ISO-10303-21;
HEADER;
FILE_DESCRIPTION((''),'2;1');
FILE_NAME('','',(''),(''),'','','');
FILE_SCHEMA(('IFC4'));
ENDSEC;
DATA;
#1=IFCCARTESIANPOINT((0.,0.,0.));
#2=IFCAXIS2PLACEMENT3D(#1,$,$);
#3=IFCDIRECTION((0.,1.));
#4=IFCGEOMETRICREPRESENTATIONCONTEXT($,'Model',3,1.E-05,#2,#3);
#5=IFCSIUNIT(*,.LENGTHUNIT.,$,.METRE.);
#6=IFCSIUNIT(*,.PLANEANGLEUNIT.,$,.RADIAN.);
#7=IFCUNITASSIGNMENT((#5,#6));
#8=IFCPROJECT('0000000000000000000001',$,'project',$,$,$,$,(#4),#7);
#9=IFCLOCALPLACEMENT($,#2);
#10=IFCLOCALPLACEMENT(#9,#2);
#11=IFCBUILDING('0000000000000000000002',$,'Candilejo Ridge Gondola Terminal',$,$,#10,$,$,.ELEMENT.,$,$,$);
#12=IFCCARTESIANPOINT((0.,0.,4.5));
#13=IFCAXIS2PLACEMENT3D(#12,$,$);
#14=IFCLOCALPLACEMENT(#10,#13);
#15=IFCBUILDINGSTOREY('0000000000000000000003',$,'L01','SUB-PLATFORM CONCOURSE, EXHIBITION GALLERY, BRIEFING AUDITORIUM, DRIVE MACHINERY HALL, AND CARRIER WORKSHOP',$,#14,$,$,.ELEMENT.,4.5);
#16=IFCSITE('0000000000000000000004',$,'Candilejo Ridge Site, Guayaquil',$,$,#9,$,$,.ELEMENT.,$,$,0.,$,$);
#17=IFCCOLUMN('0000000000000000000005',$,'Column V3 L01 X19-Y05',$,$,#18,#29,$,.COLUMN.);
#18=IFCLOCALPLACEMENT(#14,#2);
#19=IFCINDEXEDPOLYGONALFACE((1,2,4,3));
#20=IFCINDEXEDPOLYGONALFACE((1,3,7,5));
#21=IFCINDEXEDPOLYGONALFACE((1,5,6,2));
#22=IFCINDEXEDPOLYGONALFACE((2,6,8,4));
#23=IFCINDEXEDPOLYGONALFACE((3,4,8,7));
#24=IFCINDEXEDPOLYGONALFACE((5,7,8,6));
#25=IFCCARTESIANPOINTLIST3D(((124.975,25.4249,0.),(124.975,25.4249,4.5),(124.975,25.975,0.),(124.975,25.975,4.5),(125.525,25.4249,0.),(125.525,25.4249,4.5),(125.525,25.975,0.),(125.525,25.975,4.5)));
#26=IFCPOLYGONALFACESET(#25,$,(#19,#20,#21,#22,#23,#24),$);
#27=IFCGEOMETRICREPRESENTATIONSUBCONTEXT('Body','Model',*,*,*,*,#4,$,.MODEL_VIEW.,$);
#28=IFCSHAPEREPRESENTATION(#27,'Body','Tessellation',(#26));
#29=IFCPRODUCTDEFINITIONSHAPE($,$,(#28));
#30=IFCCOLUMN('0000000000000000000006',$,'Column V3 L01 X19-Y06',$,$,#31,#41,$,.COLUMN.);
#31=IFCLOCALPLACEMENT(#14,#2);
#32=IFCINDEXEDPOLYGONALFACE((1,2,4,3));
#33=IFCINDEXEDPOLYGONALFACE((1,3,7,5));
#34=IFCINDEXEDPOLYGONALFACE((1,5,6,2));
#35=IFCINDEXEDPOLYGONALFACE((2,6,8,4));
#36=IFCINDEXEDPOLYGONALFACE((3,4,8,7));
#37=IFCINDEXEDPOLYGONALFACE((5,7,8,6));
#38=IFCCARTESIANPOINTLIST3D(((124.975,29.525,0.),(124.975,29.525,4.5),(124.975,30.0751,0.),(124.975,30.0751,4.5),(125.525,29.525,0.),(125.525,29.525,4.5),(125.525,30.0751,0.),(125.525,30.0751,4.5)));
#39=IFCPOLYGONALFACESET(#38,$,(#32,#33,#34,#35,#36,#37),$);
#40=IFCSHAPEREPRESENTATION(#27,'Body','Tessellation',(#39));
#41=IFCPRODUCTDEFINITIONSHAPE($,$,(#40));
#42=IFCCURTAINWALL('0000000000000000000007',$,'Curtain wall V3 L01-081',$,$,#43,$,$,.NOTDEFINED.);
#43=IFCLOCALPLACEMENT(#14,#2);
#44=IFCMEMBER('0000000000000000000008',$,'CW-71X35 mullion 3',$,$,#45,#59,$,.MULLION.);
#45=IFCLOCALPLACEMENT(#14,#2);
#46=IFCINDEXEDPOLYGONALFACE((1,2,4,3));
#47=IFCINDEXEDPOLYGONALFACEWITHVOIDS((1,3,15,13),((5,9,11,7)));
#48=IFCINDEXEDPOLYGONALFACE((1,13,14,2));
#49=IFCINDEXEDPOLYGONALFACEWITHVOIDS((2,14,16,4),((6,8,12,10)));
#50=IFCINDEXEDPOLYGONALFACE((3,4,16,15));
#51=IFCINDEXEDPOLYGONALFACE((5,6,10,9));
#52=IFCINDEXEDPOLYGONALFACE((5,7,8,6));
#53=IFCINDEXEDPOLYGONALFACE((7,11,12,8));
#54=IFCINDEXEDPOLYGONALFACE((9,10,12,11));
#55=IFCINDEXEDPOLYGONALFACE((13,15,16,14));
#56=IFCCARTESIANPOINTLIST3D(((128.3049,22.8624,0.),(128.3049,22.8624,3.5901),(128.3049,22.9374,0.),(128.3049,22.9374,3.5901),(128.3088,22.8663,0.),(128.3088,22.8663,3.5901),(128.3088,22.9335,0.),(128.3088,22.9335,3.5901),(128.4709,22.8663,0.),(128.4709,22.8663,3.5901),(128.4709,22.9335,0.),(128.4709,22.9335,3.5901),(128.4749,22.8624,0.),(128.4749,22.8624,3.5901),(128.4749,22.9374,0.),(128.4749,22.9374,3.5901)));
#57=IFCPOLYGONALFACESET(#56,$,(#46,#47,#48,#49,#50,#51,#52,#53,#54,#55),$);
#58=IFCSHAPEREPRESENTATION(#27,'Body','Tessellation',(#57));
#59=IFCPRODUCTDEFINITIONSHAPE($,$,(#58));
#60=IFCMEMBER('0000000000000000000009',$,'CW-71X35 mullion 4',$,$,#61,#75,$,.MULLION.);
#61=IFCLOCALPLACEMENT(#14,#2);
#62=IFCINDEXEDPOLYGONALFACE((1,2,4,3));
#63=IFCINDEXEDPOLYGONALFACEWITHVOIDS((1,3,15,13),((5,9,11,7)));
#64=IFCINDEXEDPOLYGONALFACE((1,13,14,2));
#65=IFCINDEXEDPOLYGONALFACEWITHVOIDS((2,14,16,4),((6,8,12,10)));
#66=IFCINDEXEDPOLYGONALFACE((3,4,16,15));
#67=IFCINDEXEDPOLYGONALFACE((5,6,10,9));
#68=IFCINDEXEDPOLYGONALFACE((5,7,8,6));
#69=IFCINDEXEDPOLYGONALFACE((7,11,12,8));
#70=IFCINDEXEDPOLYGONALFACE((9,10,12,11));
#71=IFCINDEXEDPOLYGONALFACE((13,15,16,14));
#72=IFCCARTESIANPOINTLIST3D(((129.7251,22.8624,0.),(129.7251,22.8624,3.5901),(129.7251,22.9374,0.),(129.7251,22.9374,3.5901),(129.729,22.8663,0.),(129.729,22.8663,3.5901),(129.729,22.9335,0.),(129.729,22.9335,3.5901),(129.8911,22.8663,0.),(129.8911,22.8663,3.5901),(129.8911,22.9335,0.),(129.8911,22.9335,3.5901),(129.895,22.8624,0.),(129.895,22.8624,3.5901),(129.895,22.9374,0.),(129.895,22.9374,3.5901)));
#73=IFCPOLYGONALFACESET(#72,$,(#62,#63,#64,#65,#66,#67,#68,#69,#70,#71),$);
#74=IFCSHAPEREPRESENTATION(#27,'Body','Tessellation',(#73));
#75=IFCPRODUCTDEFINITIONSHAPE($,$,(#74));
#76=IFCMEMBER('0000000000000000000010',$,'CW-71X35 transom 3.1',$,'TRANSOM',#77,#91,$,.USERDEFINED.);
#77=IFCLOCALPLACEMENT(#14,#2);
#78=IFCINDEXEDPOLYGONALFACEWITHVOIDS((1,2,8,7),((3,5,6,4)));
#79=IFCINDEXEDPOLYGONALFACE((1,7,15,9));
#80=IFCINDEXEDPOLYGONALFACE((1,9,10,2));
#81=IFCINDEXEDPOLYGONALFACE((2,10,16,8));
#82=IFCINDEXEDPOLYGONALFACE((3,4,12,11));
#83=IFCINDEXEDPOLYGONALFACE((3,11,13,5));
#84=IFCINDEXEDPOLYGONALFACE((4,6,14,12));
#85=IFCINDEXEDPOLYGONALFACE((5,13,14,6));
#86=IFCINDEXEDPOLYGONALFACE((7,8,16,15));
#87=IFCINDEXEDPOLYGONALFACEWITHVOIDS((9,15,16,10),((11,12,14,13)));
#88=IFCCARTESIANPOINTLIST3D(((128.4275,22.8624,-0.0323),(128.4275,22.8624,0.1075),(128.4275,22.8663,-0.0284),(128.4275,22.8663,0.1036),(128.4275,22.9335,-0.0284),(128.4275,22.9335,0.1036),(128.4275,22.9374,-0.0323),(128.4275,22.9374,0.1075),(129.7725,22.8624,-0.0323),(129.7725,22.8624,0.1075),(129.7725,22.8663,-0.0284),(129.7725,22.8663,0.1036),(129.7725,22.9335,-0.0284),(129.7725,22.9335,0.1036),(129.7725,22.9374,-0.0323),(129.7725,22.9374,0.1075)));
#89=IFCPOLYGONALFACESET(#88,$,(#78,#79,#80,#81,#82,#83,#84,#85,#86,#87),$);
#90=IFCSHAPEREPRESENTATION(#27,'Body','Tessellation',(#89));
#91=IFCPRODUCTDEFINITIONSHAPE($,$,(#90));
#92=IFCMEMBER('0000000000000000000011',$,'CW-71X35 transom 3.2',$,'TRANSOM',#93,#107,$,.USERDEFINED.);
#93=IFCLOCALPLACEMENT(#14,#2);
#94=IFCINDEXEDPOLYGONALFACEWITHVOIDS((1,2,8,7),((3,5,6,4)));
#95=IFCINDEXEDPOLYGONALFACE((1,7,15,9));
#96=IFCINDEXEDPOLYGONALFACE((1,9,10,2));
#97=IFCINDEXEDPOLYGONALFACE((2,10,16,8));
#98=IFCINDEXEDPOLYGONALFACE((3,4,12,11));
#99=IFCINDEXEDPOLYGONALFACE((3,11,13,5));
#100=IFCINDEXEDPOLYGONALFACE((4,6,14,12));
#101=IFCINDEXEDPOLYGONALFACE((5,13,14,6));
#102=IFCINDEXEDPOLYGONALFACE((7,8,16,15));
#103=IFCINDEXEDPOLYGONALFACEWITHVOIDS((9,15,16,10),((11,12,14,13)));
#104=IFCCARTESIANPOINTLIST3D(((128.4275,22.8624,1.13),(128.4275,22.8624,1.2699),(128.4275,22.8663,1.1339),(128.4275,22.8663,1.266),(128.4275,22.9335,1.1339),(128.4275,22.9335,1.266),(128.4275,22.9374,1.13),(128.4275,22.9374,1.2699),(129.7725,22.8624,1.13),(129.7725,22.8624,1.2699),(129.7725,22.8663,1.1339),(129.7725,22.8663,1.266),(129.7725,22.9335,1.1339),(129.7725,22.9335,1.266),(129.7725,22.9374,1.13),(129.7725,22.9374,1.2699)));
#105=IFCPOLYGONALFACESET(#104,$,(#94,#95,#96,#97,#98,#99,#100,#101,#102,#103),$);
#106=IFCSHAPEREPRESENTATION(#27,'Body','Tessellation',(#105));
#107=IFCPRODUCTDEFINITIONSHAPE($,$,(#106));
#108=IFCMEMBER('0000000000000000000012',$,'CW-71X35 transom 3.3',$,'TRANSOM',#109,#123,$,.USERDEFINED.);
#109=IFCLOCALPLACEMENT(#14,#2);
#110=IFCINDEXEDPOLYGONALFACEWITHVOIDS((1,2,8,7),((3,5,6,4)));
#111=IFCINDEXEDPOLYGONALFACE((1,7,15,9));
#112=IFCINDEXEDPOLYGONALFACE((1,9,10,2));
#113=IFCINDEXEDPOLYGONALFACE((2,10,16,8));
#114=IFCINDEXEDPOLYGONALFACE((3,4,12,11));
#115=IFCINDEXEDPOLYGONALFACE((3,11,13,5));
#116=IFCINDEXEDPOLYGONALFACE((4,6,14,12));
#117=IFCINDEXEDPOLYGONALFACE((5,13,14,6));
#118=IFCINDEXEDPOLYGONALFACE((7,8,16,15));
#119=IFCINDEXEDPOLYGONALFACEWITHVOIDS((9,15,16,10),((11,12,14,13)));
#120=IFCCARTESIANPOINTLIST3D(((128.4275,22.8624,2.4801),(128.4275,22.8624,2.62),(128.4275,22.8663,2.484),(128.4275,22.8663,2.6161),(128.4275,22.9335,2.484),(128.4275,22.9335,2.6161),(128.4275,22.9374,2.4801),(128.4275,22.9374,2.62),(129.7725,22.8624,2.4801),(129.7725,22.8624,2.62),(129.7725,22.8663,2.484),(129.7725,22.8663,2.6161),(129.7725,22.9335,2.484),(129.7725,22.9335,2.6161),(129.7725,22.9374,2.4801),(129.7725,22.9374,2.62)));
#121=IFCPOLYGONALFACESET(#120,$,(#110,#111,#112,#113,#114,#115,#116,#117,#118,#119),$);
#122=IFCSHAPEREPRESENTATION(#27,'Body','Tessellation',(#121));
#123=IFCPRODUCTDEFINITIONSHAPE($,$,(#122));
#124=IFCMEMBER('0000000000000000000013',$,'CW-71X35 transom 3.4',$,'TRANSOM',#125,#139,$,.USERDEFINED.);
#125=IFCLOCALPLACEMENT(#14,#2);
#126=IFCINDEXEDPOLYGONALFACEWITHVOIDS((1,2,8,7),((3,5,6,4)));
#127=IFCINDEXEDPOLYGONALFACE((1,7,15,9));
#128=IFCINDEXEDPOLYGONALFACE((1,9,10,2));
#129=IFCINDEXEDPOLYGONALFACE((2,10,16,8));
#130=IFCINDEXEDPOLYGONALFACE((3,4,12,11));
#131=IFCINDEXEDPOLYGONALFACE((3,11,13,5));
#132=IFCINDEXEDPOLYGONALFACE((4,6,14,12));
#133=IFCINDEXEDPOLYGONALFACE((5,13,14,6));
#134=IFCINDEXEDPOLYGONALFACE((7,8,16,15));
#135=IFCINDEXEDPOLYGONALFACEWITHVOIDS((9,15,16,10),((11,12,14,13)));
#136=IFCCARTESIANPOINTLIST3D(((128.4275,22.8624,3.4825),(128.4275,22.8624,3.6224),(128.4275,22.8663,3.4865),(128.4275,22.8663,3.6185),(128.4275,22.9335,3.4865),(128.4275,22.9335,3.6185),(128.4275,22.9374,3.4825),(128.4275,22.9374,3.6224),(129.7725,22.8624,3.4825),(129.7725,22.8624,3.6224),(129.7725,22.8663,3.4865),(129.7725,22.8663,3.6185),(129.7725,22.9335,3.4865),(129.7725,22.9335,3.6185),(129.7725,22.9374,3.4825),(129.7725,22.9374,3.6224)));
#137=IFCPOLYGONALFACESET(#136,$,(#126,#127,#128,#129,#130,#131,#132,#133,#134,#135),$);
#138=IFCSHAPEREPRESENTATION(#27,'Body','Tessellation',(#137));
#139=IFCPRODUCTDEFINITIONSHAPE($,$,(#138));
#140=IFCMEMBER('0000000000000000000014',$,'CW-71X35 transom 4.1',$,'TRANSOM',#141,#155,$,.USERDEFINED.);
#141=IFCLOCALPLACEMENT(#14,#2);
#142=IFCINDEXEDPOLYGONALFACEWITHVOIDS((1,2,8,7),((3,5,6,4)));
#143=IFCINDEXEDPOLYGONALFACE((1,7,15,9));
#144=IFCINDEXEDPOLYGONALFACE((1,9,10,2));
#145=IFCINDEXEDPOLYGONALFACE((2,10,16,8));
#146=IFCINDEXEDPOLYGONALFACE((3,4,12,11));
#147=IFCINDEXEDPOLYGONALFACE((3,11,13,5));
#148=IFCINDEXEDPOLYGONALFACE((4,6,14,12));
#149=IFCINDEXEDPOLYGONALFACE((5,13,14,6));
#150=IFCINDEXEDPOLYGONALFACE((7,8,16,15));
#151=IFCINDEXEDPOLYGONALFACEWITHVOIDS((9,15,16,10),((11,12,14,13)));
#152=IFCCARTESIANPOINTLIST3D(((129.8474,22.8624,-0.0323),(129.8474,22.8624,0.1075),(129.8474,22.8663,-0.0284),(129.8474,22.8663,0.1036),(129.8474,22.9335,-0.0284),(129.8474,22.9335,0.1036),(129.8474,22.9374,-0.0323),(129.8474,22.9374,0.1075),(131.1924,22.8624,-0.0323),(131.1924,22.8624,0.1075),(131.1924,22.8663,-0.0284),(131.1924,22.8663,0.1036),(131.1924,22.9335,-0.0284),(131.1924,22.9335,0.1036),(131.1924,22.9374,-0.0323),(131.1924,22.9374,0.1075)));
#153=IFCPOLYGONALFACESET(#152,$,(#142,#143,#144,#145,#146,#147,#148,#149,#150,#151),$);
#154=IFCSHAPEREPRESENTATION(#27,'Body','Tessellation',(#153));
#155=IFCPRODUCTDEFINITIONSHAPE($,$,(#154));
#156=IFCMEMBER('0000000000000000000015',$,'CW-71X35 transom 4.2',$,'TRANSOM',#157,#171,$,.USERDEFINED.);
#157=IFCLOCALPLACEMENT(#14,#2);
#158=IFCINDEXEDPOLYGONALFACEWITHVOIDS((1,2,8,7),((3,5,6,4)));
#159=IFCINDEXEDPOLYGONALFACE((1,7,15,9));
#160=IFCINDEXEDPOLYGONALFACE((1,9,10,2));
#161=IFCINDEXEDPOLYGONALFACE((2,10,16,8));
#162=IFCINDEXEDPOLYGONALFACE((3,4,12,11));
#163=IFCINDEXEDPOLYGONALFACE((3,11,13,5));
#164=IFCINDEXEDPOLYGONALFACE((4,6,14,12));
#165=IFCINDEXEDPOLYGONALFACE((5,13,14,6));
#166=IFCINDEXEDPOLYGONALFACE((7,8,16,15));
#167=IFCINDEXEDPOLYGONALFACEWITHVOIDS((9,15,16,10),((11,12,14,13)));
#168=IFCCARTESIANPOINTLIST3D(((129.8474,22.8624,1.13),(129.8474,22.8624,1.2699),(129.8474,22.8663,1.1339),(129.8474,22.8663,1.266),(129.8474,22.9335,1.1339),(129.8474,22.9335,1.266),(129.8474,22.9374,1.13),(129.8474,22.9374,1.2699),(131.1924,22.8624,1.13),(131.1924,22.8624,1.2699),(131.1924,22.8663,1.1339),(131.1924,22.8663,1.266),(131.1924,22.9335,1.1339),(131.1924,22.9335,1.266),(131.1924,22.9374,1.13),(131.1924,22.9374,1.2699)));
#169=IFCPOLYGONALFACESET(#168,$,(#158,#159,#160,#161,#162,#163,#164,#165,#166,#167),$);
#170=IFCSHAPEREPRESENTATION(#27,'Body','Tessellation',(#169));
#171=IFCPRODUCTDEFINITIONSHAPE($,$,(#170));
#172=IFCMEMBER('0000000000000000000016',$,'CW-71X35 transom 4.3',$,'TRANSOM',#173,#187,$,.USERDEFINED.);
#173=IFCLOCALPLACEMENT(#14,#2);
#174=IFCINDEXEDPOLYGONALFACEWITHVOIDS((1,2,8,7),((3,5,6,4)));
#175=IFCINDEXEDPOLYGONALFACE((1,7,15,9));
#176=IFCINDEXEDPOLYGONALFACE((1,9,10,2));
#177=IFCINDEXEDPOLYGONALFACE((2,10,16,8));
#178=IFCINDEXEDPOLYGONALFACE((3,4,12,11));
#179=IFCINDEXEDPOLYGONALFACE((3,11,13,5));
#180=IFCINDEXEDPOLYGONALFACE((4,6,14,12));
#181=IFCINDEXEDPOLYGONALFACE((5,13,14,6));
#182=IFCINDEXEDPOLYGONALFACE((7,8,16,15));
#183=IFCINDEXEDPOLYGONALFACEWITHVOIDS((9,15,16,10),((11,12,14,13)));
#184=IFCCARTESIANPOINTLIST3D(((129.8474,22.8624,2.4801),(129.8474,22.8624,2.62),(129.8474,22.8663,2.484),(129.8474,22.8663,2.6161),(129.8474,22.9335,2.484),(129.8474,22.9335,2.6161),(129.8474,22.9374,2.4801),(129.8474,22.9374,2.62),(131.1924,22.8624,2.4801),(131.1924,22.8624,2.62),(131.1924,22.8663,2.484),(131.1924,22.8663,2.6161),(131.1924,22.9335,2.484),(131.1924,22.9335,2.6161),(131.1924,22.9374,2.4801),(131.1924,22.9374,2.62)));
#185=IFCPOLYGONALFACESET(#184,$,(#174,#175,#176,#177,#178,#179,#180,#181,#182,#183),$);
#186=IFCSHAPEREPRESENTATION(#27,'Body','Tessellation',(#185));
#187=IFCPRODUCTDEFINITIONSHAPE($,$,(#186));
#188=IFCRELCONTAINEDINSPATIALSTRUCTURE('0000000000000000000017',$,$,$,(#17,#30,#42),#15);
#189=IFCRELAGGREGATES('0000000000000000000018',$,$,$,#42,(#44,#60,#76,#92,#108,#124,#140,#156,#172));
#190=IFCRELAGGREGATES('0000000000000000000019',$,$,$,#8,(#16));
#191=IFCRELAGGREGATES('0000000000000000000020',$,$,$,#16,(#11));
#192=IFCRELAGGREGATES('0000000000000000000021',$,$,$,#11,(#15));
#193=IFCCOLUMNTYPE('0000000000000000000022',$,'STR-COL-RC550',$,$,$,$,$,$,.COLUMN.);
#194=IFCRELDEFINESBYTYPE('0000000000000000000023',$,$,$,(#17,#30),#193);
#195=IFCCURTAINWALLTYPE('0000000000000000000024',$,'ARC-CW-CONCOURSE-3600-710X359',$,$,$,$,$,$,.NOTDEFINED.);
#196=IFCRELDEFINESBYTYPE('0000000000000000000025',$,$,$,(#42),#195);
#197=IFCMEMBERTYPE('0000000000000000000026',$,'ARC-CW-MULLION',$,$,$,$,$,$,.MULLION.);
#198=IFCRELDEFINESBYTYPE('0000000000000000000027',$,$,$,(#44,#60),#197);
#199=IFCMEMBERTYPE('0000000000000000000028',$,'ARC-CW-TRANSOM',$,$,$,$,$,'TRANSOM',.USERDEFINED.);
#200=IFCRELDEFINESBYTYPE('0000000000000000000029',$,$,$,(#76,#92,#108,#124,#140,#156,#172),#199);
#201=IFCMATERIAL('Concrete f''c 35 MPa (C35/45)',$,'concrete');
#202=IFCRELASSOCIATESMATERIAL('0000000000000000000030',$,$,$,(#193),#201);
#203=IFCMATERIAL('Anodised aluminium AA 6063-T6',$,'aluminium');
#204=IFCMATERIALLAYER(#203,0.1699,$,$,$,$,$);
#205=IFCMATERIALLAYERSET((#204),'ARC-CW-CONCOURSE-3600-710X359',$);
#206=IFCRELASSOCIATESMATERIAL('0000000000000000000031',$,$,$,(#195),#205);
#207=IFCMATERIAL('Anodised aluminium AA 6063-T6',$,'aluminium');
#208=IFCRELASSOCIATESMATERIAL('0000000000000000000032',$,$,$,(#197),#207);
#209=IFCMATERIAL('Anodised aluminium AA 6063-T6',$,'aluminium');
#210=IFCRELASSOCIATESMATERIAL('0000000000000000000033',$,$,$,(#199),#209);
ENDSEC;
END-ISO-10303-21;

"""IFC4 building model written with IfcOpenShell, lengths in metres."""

from ifc_helpers import new_model, si_unit, direction, frame, origin, origin_2d, place, context, subcontext, project, spatial, rectangle, hollow_rectangle, extrude, material, layer, layer_set, material_profile, profile_set, type_object, element, aggregate, save


model = new_model("IFC4")

# Units and contexts
model_context = context("Model", 3, precision=1e-05, world=origin(), true_north=direction((0.0, 1.0)))
body_context = subcontext(model_context, "Body", "Model", "MODEL_VIEW")
ifc_project = project(units=[si_unit("LENGTHUNIT", "METRE"), si_unit("PLANEANGLEUNIT", "RADIAN")], contexts=[model_context])

# Site, building, storey
site_placement = place(None, origin())
site = spatial("IfcSite", under=ifc_project, at=site_placement, Name="Candilejo Ridge Site, Guayaquil", CompositionType="ELEMENT", RefElevation=0.0)
building_placement = place(site_placement, origin())
building = spatial("IfcBuilding", under=site, at=building_placement, Name="Candilejo Ridge Gondola Terminal", CompositionType="ELEMENT")
storey_placement = place(building_placement, frame((0.0, 0.0, 4.5)))
storey = spatial("IfcBuildingStorey", under=building, at=storey_placement, Name="L01", Description="SUB-PLATFORM CONCOURSE, EXHIBITION GALLERY, BRIEFING AUDITORIUM, DRIVE MACHINERY HALL, AND CARRIER WORKSHOP", CompositionType="ELEMENT", Elevation=4.5)

# Columns
ifc_material_1 = material(Name="Concrete f'c 35 MPa (C35/45)", Category="concrete")
ifc_material_profile_1 = material_profile(ifc_material_1, rectangle(XDim=0.55, YDim=0.55, at=origin_2d()))
ifc_profile_set_1 = profile_set([ifc_material_profile_1], Name="Concrete f'c 35 MPa (C35/45)")
column_type = type_object("IfcColumnType", Name="STR-COL-RC550", PredefinedType="COLUMN", material=ifc_profile_set_1)
for number, where, z_axis, x_axis, name in (
    (1, (125.25, 25.7, 0.0), (0.0, 0.0, 1.0), (1.0, 0.0, 0.0), "Column V3 L01 X19-Y05"),
    (2, (125.25, 29.8, 0.0), (0.0, 0.0, 1.0), (1.0, 0.0, 0.0), "Column V3 L01 X19-Y06"),
):
    element("IfcColumn", number, at=place(storey_placement, frame(where, z_axis=z_axis, x_axis=x_axis)), inside=storey, type_object=column_type, Name=name, PredefinedType="COLUMN", context=body_context, shape_type="SweptSolid", body=[
        extrude(rectangle(XDim=0.55, YDim=0.55, at=origin_2d()), origin(), (0.0, 0.0, 1.0), 4.5),
    ])

# Curtain wall, members
ifc_material_2 = material(Name="Anodised aluminium AA 6063-T6", Category="aluminium")
ifc_layer_1 = layer(ifc_material_2, 0.1699)
ifc_layer_set_1 = layer_set([ifc_layer_1], Name="ARC-CW-CONCOURSE-3600-710X359")
curtain_wall_type = type_object("IfcCurtainWallType", Name="ARC-CW-CONCOURSE-3600-710X359", PredefinedType="NOTDEFINED", material=ifc_layer_set_1)
curtain_wall_placement = place(storey_placement, origin())
curtain_wall = element("IfcCurtainWall", 3, at=curtain_wall_placement, inside=storey, type_object=curtain_wall_type, Name="Curtain wall V3 L01-081", PredefinedType="NOTDEFINED")
ifc_material_3 = material(Name="Anodised aluminium AA 6063-T6", Category="aluminium")
ifc_material_profile_2 = material_profile(ifc_material_3, hollow_rectangle(XDim=0.075, YDim=0.1699, WallThickness=0.0039, at=origin_2d()))
ifc_profile_set_2 = profile_set([ifc_material_profile_2], Name="Anodised aluminium AA 6063-T6")
member_type_1 = type_object("IfcMemberType", Name="ARC-CW-MULLION", PredefinedType="MULLION", material=ifc_profile_set_2)
member_1_placement = place(storey_placement, frame((128.3899, 22.8999, 0.0), z_axis=(0.0, 0.0, 1.0), x_axis=(0.0, 1.0, 0.0)))
member_1 = element("IfcMember", 4, at=member_1_placement, type_object=member_type_1, Name="CW-71X35 mullion 3", PredefinedType="MULLION", context=body_context, shape_type="SweptSolid", body=[
    extrude(hollow_rectangle(XDim=0.075, YDim=0.1699, WallThickness=0.0039, at=origin_2d()), origin(), (0.0, 0.0, 1.0), 3.5901),
])
member_2_placement = place(storey_placement, frame((129.8101, 22.8999, 0.0), z_axis=(0.0, 0.0, 1.0), x_axis=(0.0, 1.0, 0.0)))
member_2 = element("IfcMember", 5, at=member_2_placement, type_object=member_type_1, Name="CW-71X35 mullion 4", PredefinedType="MULLION", context=body_context, shape_type="SweptSolid", body=[
    extrude(hollow_rectangle(XDim=0.075, YDim=0.1699, WallThickness=0.0039, at=origin_2d()), origin(), (0.0, 0.0, 1.0), 3.5901),
])
ifc_material_4 = material(Name="Anodised aluminium AA 6063-T6", Category="aluminium")
ifc_material_profile_3 = material_profile(ifc_material_4, hollow_rectangle(XDim=0.075, YDim=0.1399, WallThickness=0.0039, at=origin_2d()))
ifc_profile_set_3 = profile_set([ifc_material_profile_3], Name="Anodised aluminium AA 6063-T6")
member_type_2 = type_object("IfcMemberType", Name="ARC-CW-TRANSOM", ElementType="TRANSOM", PredefinedType="USERDEFINED", material=ifc_profile_set_3)
member_3_placement = place(storey_placement, frame((128.4275, 22.8999, 0.0376), z_axis=(1.0, 0.0, 0.0), x_axis=(0.0, 1.0, 0.0)))
member_3 = element("IfcMember", 6, at=member_3_placement, type_object=member_type_2, Name="CW-71X35 transom 3.1", ObjectType="TRANSOM", PredefinedType="USERDEFINED", context=body_context, shape_type="SweptSolid", body=[
    extrude(hollow_rectangle(XDim=0.075, YDim=0.1399, WallThickness=0.0039, at=origin_2d()), origin(), (0.0, 0.0, 1.0), 1.345),
])
member_4_placement = place(storey_placement, frame((128.4275, 22.8999, 1.2), z_axis=(1.0, 0.0, 0.0), x_axis=(0.0, 1.0, 0.0)))
member_4 = element("IfcMember", 7, at=member_4_placement, type_object=member_type_2, Name="CW-71X35 transom 3.2", ObjectType="TRANSOM", PredefinedType="USERDEFINED", context=body_context, shape_type="SweptSolid", body=[
    extrude(hollow_rectangle(XDim=0.075, YDim=0.1399, WallThickness=0.0039, at=origin_2d()), origin(), (0.0, 0.0, 1.0), 1.345),
])
member_5_placement = place(storey_placement, frame((128.4275, 22.8999, 2.55), z_axis=(1.0, 0.0, 0.0), x_axis=(0.0, 1.0, 0.0)))
member_5 = element("IfcMember", 8, at=member_5_placement, type_object=member_type_2, Name="CW-71X35 transom 3.3", ObjectType="TRANSOM", PredefinedType="USERDEFINED", context=body_context, shape_type="SweptSolid", body=[
    extrude(hollow_rectangle(XDim=0.075, YDim=0.1399, WallThickness=0.0039, at=origin_2d()), origin(), (0.0, 0.0, 1.0), 1.345),
])
member_6_placement = place(storey_placement, frame((128.4275, 22.8999, 3.5525), z_axis=(1.0, 0.0, 0.0), x_axis=(0.0, 1.0, 0.0)))
member_6 = element("IfcMember", 9, at=member_6_placement, type_object=member_type_2, Name="CW-71X35 transom 3.4", ObjectType="TRANSOM", PredefinedType="USERDEFINED", context=body_context, shape_type="SweptSolid", body=[
    extrude(hollow_rectangle(XDim=0.075, YDim=0.1399, WallThickness=0.0039, at=origin_2d()), origin(), (0.0, 0.0, 1.0), 1.345),
])
member_7_placement = place(storey_placement, frame((129.8474, 22.8999, 0.0376), z_axis=(1.0, 0.0, 0.0), x_axis=(0.0, 1.0, 0.0)))
member_7 = element("IfcMember", 10, at=member_7_placement, type_object=member_type_2, Name="CW-71X35 transom 4.1", ObjectType="TRANSOM", PredefinedType="USERDEFINED", context=body_context, shape_type="SweptSolid", body=[
    extrude(hollow_rectangle(XDim=0.075, YDim=0.1399, WallThickness=0.0039, at=origin_2d()), origin(), (0.0, 0.0, 1.0), 1.345),
])
member_8_placement = place(storey_placement, frame((129.8474, 22.8999, 1.2), z_axis=(1.0, 0.0, 0.0), x_axis=(0.0, 1.0, 0.0)))
member_8 = element("IfcMember", 11, at=member_8_placement, type_object=member_type_2, Name="CW-71X35 transom 4.2", ObjectType="TRANSOM", PredefinedType="USERDEFINED", context=body_context, shape_type="SweptSolid", body=[
    extrude(hollow_rectangle(XDim=0.075, YDim=0.1399, WallThickness=0.0039, at=origin_2d()), origin(), (0.0, 0.0, 1.0), 1.345),
])
member_9_placement = place(storey_placement, frame((129.8474, 22.8999, 2.55), z_axis=(1.0, 0.0, 0.0), x_axis=(0.0, 1.0, 0.0)))
member_9 = element("IfcMember", 12, at=member_9_placement, type_object=member_type_2, Name="CW-71X35 transom 4.3", ObjectType="TRANSOM", PredefinedType="USERDEFINED", context=body_context, shape_type="SweptSolid", body=[
    extrude(hollow_rectangle(XDim=0.075, YDim=0.1399, WallThickness=0.0039, at=origin_2d()), origin(), (0.0, 0.0, 1.0), 1.345),
])

aggregate(curtain_wall, [member_1, member_2, member_3, member_4, member_5, member_6, member_7, member_8, member_9])

save(model, "model.ifc")
